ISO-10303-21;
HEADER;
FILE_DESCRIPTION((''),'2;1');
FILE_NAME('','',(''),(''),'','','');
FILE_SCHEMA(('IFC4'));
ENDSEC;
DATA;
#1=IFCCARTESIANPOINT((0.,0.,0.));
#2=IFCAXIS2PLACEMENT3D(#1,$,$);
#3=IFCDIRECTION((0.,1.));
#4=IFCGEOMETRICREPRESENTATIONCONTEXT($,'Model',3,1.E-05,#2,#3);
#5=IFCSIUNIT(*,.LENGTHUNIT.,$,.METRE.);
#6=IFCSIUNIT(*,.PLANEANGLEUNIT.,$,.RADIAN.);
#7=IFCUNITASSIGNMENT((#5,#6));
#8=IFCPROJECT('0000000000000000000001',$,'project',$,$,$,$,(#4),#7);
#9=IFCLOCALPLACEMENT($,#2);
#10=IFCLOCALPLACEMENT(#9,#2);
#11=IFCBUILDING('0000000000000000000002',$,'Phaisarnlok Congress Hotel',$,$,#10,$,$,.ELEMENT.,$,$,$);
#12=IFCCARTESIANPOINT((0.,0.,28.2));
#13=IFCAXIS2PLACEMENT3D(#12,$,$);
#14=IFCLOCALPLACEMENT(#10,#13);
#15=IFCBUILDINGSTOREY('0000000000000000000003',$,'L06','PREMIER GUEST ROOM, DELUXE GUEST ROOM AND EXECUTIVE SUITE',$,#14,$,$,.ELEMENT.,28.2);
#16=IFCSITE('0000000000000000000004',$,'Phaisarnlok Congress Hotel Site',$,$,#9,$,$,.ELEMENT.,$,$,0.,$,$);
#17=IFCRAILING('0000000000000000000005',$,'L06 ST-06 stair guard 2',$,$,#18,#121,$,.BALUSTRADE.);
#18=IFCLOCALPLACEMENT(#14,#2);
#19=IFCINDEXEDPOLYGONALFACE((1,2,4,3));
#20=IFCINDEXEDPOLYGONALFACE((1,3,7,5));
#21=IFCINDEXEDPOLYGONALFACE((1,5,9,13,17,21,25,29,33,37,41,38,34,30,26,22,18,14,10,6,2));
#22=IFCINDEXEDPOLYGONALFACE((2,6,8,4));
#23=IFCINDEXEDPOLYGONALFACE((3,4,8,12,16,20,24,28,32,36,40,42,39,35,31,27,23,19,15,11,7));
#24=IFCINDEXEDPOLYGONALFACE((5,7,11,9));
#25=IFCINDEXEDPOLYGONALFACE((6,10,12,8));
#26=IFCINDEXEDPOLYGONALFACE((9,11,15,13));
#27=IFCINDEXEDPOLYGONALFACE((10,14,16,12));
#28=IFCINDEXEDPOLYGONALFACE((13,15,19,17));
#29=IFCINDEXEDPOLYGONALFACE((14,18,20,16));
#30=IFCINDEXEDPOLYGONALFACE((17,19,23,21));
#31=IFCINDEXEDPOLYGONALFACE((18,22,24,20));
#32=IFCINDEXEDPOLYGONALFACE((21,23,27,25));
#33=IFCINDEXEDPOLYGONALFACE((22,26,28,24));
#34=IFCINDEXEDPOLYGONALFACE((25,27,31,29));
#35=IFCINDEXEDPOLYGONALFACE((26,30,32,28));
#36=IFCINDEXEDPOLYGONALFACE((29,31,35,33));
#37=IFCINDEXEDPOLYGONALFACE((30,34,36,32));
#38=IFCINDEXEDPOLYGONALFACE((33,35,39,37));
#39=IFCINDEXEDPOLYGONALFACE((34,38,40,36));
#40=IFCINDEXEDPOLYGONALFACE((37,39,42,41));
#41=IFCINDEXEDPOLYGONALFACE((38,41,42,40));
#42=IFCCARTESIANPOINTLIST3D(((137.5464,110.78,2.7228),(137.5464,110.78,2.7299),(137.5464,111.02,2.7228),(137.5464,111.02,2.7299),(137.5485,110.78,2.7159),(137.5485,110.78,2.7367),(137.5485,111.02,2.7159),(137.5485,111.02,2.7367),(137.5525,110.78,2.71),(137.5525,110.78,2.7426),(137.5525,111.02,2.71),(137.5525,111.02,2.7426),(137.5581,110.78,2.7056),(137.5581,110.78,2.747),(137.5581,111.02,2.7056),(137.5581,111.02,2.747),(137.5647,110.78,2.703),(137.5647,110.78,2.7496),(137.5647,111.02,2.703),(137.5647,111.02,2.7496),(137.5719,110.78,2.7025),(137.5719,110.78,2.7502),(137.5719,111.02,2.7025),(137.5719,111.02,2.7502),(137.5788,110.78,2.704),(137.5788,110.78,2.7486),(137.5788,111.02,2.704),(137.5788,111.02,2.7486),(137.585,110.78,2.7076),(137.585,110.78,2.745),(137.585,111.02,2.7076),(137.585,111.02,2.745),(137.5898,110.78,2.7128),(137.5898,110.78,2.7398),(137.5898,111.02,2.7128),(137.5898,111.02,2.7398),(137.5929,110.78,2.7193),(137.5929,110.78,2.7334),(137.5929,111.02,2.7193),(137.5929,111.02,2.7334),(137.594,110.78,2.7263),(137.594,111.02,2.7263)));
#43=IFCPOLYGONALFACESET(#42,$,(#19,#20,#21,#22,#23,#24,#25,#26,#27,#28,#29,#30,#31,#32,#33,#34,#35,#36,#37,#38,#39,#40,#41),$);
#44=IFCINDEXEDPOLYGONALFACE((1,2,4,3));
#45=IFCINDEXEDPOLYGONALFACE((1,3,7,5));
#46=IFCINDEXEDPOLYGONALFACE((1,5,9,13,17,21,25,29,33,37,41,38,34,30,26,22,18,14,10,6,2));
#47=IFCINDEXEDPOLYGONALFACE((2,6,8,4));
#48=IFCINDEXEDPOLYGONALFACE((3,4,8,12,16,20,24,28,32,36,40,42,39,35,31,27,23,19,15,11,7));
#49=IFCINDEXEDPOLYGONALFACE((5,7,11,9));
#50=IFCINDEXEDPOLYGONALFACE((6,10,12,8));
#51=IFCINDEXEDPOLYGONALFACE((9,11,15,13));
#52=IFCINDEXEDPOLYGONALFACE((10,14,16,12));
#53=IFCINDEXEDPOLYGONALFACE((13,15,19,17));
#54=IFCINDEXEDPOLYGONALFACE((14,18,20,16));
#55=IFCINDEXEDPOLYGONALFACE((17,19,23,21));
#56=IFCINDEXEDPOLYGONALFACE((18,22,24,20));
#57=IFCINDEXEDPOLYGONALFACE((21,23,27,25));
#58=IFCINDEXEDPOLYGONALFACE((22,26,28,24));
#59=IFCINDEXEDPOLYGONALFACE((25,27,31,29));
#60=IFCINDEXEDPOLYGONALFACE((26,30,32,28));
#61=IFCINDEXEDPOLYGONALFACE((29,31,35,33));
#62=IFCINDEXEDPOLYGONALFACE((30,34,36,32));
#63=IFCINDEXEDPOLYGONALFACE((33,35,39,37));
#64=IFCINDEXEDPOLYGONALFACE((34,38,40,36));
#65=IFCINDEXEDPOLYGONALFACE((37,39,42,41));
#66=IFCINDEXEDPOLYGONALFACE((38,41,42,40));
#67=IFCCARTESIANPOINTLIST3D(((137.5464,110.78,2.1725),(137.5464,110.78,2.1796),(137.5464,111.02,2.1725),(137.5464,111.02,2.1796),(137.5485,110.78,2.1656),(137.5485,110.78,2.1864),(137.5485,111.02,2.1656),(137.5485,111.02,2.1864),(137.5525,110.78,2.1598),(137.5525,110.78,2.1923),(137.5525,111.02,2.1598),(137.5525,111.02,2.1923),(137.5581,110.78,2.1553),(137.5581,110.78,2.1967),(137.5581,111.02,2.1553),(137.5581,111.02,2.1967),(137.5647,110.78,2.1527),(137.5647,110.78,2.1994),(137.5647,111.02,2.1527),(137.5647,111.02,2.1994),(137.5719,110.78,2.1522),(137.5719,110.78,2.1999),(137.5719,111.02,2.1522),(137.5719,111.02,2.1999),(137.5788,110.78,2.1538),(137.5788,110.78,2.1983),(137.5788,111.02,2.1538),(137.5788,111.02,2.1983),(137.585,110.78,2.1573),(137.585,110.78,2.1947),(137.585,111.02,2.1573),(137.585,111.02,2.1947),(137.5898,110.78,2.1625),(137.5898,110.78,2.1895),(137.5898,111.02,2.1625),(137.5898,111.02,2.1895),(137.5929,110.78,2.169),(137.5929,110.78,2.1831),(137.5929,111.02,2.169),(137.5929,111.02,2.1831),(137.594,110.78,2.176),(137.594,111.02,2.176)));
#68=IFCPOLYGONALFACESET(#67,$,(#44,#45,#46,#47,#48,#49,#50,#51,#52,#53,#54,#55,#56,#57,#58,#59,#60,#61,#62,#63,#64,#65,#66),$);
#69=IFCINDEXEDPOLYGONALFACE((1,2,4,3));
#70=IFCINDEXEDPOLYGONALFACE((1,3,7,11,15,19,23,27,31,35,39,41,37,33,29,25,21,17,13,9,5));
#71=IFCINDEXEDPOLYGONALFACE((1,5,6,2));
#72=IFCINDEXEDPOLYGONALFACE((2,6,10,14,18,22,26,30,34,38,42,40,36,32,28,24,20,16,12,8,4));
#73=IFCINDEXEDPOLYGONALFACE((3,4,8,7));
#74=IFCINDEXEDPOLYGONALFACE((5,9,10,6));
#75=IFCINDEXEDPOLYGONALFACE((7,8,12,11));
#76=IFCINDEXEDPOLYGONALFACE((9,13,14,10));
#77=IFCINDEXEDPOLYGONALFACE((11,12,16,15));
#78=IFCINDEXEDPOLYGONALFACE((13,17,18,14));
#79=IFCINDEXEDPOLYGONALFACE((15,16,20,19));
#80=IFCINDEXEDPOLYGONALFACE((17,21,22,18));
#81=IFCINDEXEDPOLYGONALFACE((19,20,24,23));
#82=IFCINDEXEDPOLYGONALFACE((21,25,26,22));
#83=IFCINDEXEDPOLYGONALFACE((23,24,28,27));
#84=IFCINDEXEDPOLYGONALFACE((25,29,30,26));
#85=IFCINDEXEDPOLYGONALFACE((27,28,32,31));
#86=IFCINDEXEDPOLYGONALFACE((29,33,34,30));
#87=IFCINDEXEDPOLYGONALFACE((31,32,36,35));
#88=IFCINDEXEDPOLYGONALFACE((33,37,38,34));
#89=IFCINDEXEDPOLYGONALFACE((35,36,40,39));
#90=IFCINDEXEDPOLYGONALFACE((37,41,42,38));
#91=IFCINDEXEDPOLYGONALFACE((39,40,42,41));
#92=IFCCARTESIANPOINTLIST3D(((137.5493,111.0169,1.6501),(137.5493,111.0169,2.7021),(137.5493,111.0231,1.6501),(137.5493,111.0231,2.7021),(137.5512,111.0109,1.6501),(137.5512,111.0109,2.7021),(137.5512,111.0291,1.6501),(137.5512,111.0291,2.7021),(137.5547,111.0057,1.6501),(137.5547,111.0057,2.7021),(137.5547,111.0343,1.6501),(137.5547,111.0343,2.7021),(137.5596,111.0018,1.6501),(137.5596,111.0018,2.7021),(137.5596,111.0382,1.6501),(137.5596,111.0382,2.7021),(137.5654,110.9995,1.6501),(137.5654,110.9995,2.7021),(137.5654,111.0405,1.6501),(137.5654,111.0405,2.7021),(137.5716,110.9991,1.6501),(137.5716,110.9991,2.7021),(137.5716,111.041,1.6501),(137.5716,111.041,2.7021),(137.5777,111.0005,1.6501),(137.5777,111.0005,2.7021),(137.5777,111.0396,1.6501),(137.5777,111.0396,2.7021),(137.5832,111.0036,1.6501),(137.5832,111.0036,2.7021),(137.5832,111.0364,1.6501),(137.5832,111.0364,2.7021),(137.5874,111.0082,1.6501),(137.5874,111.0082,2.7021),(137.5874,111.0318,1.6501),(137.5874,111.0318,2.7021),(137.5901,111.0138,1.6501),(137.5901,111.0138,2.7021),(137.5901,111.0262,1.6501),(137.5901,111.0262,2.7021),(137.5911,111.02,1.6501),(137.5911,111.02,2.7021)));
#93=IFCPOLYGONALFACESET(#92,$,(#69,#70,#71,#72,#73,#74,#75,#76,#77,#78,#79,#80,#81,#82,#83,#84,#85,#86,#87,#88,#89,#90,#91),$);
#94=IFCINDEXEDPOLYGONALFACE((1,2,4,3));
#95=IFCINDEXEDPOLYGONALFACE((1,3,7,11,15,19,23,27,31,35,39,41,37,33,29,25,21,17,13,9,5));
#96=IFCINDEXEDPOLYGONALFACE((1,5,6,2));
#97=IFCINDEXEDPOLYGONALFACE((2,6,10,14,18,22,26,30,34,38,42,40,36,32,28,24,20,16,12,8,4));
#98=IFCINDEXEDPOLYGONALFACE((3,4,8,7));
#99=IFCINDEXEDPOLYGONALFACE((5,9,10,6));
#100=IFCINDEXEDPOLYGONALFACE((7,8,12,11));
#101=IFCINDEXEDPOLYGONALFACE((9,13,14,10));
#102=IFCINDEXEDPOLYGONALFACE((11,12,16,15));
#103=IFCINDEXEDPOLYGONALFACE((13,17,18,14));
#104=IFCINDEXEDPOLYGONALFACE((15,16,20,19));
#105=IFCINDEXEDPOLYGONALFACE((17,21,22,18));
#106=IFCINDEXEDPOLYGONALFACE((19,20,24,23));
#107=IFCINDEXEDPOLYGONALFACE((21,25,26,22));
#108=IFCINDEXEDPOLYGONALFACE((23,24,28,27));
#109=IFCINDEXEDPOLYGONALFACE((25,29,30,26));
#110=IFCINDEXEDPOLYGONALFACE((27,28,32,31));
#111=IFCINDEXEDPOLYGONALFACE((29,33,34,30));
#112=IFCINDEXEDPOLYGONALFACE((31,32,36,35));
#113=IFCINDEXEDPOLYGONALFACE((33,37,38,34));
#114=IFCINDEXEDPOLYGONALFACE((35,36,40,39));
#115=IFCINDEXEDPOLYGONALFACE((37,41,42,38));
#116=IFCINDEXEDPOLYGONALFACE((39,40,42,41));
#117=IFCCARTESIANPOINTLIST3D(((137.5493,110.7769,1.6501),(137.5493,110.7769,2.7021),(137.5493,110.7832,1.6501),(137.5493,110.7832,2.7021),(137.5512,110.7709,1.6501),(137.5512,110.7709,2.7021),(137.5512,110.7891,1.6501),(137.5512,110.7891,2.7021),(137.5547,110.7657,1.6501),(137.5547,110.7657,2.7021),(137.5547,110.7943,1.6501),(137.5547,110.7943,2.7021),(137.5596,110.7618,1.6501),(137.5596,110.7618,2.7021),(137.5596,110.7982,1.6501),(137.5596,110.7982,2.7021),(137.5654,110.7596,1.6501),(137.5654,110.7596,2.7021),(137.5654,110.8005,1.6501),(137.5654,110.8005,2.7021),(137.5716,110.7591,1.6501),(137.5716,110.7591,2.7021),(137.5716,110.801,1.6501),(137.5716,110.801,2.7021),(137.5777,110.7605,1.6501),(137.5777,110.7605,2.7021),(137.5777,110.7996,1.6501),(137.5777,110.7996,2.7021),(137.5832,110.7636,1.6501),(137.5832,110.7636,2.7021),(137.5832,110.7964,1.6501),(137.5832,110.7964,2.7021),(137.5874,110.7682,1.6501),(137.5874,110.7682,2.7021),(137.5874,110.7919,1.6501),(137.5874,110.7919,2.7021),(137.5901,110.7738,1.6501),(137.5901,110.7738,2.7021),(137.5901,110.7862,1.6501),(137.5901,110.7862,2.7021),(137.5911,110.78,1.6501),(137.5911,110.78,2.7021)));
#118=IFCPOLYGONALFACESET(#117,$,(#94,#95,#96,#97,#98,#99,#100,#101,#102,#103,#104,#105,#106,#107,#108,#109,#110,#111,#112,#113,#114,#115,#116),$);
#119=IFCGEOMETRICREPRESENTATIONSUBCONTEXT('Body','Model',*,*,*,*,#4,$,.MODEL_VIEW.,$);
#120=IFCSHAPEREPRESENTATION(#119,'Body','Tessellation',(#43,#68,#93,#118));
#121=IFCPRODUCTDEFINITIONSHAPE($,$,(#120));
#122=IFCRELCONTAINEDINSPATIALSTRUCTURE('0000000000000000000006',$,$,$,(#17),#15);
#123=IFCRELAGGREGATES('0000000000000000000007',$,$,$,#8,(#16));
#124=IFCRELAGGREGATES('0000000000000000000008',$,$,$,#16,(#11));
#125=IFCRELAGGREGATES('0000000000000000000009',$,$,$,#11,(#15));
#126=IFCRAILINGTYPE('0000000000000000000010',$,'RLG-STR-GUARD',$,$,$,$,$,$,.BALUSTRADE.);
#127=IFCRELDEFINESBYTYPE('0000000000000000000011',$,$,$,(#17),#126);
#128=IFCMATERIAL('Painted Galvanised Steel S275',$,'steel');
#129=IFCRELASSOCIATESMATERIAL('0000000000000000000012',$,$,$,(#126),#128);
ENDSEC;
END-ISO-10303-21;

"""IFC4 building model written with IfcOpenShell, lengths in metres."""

from ifc_helpers import new_model, si_unit, direction, frame, origin, origin_2d, place, context, subcontext, project, spatial, circle, extrude, material, type_object, element, save


model = new_model("IFC4")

# Units and contexts
model_context = context("Model", 3, precision=1e-05, world=origin(), true_north=direction((0.0, 1.0)))
body_context = subcontext(model_context, "Body", "Model", "MODEL_VIEW")
ifc_project = project(units=[si_unit("LENGTHUNIT", "METRE"), si_unit("PLANEANGLEUNIT", "RADIAN")], contexts=[model_context])

# Site, building, storey
site_placement = place(None, origin())
site = spatial("IfcSite", under=ifc_project, at=site_placement, Name="Phaisarnlok Congress Hotel Site", CompositionType="ELEMENT", RefElevation=0.0)
building_placement = place(site_placement, origin())
building = spatial("IfcBuilding", under=site, at=building_placement, Name="Phaisarnlok Congress Hotel", CompositionType="ELEMENT")
storey_placement = place(building_placement, frame((0.0, 0.0, 28.2)))
storey = spatial("IfcBuildingStorey", under=building, at=storey_placement, Name="L06", Description="PREMIER GUEST ROOM, DELUXE GUEST ROOM AND EXECUTIVE SUITE", CompositionType="ELEMENT", Elevation=28.2)

# Railing
ifc_material_1 = material(Name="Painted Galvanised Steel S275", Category="steel")
railing_type_1 = type_object("IfcRailingType", Name="RLG-STR-GUARD", PredefinedType="BALUSTRADE", material=ifc_material_1)
railing_1_placement = place(storey_placement, frame((137.5701, 111.02, 1.6501)))
element("IfcRailing", 1, at=railing_1_placement, inside=storey, type_object=railing_type_1, Name="L06 ST-06 stair guard 2", PredefinedType="BALUSTRADE", context=body_context, shape_type="SweptSolid", body=[
    extrude(circle(Radius=0.0239, at=origin_2d()), frame((0.0, 0.0, 1.0762), z_axis=(0.0, -1.0, 0.0), x_axis=(1.0, 0.0, 0.0)), (0.0, 0.0, 1.0), 0.24),
    extrude(circle(Radius=0.0239, at=origin_2d()), frame((0.0, 0.0, 0.5259), z_axis=(0.0, -1.0, 0.0), x_axis=(1.0, 0.0, 0.0)), (0.0, 0.0, 1.0), 0.24),
    extrude(circle(Radius=0.021, at=origin_2d()), origin(), (0.0, 0.0, 1.0), 1.052),
    extrude(circle(Radius=0.021, at=origin_2d()), frame((0.0, -0.24, 0.0)), (0.0, 0.0, 1.0), 1.052),
])

save(model, "model.ifc")
